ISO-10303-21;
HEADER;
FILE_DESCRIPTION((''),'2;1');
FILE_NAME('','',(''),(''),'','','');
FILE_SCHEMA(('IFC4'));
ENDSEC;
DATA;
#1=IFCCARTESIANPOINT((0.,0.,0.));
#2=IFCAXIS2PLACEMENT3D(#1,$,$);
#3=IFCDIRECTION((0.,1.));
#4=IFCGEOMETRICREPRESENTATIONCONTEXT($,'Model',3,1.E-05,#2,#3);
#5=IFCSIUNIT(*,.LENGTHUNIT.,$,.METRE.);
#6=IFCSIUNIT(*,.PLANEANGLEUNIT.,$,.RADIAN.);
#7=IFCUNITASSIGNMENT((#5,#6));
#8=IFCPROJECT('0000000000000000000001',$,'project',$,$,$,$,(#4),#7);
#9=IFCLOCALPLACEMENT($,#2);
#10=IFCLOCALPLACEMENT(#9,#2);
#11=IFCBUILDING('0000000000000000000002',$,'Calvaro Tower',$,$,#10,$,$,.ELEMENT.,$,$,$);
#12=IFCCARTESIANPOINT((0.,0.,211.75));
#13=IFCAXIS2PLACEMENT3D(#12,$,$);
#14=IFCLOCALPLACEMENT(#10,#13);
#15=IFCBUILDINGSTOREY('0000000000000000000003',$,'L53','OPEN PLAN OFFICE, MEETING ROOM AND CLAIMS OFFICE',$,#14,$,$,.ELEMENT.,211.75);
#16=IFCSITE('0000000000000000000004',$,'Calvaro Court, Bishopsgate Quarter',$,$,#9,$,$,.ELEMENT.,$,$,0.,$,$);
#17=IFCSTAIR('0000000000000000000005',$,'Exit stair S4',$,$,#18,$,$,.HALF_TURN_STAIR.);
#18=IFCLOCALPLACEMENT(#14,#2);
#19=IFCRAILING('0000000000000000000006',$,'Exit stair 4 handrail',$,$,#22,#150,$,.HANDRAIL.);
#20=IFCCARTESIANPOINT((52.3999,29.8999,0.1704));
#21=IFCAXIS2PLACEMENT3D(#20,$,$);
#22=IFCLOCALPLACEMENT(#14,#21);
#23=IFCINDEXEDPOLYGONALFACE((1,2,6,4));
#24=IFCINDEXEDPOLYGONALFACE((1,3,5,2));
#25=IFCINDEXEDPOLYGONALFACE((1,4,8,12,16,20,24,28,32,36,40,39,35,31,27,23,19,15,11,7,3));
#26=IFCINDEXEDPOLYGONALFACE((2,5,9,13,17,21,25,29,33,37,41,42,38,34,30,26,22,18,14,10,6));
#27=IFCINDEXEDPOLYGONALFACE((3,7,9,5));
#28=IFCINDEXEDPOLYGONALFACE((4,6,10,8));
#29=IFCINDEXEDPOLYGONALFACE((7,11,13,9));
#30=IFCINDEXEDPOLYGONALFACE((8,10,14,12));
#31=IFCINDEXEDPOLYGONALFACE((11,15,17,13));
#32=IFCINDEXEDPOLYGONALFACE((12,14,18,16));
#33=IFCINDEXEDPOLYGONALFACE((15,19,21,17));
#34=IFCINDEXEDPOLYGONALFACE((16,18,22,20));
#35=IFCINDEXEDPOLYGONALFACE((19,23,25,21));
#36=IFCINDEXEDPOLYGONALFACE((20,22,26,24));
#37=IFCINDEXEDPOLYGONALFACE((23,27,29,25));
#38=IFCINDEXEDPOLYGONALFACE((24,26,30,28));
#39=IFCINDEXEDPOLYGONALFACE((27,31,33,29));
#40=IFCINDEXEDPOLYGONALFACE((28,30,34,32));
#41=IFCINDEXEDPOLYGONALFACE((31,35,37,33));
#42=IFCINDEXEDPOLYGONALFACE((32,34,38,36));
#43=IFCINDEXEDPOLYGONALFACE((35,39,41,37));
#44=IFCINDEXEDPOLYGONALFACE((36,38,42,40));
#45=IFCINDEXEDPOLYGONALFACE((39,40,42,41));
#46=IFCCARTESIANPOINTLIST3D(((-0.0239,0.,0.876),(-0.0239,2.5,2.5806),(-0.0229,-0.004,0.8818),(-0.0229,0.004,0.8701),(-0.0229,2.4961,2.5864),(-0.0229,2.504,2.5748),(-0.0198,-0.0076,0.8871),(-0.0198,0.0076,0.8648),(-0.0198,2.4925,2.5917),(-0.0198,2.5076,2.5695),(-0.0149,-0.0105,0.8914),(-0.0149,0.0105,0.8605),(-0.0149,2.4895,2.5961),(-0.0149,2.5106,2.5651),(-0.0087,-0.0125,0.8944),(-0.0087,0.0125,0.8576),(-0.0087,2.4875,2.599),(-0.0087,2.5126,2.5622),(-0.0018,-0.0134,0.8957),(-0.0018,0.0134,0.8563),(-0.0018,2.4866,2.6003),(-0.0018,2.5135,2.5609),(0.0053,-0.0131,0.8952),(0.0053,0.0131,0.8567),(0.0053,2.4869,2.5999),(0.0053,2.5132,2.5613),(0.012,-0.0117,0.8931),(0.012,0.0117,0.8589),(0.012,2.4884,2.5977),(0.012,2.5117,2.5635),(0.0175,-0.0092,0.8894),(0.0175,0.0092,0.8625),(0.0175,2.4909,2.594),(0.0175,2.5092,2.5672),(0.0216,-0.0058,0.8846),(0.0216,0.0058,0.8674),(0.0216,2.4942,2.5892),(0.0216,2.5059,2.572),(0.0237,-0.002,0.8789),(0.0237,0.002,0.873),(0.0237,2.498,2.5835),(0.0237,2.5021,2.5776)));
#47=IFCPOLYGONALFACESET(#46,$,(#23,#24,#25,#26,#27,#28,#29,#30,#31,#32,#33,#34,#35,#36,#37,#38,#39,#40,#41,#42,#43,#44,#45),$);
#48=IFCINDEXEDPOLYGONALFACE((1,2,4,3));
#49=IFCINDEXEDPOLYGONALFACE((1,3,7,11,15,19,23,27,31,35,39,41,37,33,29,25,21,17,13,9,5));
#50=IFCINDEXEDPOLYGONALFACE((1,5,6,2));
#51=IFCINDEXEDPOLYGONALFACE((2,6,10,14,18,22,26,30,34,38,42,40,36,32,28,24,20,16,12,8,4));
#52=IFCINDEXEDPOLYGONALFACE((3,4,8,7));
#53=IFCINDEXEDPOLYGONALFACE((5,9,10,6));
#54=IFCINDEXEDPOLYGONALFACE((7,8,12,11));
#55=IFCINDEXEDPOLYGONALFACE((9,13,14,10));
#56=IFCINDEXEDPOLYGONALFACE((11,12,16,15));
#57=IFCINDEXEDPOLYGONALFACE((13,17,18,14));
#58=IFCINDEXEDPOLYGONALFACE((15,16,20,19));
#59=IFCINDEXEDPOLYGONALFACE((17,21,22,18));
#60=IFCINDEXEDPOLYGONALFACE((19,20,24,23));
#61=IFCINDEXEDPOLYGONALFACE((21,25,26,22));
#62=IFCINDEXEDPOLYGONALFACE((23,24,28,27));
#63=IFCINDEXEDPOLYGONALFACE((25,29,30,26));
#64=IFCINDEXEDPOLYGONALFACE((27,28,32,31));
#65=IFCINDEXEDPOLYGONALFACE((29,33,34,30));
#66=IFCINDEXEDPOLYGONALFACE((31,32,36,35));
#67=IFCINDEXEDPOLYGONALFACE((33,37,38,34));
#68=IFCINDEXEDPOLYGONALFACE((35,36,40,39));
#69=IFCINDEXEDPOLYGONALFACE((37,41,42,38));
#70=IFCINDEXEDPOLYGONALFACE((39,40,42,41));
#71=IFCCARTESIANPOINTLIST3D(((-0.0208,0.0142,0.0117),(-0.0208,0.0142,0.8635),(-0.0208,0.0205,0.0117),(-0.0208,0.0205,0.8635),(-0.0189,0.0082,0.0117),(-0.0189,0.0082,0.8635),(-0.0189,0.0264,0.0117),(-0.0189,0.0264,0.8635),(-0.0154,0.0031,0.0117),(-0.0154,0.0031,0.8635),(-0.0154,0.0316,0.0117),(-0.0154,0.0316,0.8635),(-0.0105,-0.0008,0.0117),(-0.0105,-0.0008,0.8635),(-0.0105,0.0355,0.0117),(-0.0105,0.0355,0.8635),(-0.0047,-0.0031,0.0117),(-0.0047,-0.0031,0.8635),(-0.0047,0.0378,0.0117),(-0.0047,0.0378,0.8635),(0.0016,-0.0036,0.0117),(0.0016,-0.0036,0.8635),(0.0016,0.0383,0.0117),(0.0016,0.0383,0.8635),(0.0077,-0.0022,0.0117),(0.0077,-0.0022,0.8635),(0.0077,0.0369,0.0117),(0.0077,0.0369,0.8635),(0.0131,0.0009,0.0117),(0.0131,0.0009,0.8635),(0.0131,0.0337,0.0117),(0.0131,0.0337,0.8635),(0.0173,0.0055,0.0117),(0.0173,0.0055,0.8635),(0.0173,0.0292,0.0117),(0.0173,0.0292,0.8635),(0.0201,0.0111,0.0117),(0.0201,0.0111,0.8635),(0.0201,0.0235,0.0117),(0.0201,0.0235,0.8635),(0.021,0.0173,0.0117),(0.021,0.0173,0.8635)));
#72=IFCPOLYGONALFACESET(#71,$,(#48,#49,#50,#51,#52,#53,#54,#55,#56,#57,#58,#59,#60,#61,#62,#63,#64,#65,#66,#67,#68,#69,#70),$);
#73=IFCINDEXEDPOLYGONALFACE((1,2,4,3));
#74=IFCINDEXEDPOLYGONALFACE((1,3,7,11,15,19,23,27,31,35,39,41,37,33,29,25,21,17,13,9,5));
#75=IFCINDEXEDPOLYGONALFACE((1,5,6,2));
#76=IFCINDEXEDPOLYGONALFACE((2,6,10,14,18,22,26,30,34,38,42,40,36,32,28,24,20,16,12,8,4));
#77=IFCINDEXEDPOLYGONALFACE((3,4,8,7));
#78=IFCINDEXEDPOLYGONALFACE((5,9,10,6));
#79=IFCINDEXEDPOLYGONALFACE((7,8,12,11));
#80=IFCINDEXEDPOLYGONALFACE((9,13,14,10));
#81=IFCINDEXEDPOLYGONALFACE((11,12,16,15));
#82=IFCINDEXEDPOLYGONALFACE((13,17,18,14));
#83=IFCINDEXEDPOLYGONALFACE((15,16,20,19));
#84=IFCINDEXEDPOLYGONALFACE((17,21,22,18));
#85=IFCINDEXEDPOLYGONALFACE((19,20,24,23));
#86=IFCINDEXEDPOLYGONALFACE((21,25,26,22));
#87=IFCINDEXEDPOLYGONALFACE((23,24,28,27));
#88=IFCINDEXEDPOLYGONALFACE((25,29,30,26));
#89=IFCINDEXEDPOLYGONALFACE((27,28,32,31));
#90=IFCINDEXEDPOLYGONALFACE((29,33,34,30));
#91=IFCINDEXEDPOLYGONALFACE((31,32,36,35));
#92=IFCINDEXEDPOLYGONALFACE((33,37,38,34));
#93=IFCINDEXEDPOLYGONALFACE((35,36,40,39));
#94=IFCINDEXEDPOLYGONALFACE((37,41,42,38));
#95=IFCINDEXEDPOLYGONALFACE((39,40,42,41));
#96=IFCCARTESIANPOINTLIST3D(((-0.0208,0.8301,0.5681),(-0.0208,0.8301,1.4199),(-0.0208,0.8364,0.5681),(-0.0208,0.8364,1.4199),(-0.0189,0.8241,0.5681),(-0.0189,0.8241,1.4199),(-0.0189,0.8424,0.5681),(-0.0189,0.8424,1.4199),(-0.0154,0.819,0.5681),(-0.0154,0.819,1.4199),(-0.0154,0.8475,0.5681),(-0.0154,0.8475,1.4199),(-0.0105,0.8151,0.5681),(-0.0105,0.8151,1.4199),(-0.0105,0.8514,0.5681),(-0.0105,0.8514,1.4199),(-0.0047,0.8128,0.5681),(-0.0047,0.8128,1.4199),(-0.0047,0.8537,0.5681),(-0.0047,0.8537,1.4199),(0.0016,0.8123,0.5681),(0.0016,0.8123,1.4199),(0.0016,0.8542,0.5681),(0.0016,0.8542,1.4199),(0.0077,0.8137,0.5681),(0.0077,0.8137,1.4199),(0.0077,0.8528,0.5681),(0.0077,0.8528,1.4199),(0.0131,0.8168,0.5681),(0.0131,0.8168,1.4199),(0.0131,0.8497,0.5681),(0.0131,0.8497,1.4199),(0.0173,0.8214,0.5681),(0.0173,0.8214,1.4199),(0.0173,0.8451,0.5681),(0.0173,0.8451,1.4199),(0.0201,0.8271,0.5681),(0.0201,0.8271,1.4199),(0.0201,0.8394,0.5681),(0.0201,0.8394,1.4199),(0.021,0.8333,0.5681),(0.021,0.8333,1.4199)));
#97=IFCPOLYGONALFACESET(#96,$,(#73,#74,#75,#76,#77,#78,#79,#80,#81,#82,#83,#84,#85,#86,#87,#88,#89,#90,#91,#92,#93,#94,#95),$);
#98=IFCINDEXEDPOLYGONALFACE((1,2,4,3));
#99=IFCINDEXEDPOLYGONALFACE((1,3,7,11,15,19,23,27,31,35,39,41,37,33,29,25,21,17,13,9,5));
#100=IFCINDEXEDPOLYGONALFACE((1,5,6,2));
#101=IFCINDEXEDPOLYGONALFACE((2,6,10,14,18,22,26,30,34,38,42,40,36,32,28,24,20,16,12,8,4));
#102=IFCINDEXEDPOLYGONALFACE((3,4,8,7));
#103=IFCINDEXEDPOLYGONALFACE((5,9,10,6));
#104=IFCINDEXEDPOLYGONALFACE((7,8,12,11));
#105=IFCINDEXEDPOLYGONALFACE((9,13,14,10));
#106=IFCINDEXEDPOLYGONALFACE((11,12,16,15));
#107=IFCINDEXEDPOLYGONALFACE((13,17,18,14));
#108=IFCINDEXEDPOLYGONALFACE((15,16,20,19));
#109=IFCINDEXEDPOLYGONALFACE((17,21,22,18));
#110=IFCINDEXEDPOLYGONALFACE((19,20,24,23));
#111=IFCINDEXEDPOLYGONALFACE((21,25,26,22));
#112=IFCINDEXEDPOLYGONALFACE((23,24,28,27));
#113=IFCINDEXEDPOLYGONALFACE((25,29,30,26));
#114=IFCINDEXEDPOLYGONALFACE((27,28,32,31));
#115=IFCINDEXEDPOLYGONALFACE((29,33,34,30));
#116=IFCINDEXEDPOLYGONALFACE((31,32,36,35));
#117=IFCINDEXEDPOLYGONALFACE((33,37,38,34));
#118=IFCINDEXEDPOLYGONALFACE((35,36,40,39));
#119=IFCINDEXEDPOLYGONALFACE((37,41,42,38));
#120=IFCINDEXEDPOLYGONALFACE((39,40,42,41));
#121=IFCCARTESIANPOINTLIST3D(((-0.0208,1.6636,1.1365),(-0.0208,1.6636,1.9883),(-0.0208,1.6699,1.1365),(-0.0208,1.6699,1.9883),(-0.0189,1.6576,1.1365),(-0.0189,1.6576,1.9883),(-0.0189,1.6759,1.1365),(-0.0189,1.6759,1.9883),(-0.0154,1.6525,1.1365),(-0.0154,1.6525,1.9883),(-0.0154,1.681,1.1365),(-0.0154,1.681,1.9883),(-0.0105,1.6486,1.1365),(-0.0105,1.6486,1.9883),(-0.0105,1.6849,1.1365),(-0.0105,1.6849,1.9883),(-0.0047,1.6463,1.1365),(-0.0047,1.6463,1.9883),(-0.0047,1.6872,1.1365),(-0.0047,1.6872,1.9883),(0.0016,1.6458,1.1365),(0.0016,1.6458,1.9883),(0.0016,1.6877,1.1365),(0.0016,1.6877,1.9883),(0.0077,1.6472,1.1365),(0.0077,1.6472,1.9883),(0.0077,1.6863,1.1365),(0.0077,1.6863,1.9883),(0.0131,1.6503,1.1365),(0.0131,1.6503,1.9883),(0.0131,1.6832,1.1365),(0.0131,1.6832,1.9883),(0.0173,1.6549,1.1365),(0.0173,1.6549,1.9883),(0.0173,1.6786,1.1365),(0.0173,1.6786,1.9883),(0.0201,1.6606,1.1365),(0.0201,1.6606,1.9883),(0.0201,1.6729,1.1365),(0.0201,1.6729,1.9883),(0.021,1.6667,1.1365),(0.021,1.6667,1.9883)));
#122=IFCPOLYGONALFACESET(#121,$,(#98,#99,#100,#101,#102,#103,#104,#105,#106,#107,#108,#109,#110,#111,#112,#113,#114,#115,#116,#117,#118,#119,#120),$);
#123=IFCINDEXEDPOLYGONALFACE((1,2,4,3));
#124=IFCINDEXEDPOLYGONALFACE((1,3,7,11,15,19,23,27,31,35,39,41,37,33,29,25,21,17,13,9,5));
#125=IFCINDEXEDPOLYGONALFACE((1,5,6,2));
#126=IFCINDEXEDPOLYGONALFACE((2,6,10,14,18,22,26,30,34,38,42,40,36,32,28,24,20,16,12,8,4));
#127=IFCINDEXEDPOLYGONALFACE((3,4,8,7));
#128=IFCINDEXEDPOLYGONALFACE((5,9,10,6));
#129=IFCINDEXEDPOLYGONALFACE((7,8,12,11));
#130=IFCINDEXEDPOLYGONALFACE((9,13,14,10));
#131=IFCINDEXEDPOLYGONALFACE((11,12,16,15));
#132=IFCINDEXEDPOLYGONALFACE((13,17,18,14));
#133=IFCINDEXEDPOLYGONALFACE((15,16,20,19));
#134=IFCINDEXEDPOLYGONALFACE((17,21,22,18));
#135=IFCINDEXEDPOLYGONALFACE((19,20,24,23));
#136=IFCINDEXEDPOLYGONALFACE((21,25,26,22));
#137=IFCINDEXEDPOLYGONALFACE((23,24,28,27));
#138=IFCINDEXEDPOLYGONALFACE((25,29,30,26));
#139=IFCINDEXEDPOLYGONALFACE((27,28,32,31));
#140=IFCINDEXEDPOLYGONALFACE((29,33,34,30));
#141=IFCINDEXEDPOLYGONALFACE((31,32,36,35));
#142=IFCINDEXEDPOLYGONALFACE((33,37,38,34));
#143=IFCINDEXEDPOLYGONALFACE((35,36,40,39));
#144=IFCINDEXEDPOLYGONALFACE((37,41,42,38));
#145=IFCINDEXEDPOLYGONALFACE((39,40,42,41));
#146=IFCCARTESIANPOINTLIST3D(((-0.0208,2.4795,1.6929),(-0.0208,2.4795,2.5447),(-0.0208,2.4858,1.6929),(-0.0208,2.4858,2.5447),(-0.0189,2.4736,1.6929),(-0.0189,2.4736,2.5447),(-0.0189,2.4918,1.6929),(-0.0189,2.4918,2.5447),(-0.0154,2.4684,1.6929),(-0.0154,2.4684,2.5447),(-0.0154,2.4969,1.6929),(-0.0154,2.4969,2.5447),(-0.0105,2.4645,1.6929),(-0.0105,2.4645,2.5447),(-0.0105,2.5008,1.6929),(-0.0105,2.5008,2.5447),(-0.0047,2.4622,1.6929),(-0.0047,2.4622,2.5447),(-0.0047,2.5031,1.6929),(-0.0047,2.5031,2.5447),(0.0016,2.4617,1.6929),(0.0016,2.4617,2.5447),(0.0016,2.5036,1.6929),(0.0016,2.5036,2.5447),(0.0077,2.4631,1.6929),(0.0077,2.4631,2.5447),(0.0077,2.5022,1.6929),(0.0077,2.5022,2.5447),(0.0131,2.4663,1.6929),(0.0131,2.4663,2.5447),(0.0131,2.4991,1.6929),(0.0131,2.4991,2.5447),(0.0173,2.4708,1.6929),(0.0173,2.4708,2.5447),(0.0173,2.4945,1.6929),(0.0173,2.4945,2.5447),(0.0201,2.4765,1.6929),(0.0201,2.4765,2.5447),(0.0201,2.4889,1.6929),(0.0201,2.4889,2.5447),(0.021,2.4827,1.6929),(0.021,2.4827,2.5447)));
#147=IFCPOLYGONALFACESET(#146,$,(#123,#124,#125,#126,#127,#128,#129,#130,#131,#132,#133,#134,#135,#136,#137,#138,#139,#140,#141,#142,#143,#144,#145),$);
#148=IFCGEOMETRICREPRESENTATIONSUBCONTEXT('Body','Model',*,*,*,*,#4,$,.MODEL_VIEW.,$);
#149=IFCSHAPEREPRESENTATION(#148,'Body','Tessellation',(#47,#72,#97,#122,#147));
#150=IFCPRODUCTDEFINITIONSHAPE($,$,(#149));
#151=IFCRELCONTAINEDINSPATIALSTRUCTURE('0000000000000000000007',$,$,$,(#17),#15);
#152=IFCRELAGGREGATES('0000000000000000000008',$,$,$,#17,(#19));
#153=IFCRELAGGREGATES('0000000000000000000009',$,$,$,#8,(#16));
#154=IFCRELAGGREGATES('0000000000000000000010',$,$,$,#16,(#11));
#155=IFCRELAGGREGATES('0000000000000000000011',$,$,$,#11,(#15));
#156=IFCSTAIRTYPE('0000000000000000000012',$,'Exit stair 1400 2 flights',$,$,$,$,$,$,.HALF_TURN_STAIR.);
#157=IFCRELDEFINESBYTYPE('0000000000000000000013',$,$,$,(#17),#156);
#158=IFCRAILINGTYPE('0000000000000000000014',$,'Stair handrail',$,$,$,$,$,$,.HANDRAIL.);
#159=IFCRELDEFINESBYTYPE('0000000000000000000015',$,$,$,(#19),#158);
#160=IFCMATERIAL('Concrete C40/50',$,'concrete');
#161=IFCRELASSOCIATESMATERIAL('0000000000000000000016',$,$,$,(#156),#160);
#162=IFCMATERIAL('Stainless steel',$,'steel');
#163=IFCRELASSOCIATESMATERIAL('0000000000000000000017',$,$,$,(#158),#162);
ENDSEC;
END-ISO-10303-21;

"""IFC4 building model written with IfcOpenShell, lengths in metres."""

from ifc_helpers import new_model, si_unit, direction, frame, origin, origin_2d, place, context, subcontext, project, spatial, circle, extrude, material, type_object, element, aggregate, save


model = new_model("IFC4")

# Units and contexts
model_context = context("Model", 3, precision=1e-05, world=origin(), true_north=direction((0.0, 1.0)))
body_context = subcontext(model_context, "Body", "Model", "MODEL_VIEW")
ifc_project = project(units=[si_unit("LENGTHUNIT", "METRE"), si_unit("PLANEANGLEUNIT", "RADIAN")], contexts=[model_context])

# Site, building, storey
site_placement = place(None, origin())
site = spatial("IfcSite", under=ifc_project, at=site_placement, Name="Calvaro Court, Bishopsgate Quarter", CompositionType="ELEMENT", RefElevation=0.0)
building_placement = place(site_placement, origin())
building = spatial("IfcBuilding", under=site, at=building_placement, Name="Calvaro Tower", CompositionType="ELEMENT")
storey_placement = place(building_placement, frame((0.0, 0.0, 211.75)))
storey = spatial("IfcBuildingStorey", under=building, at=storey_placement, Name="L53", Description="OPEN PLAN OFFICE, MEETING ROOM AND CLAIMS OFFICE", CompositionType="ELEMENT", Elevation=211.75)

# Stair
ifc_material_1 = material(Name="Concrete C40/50", Category="concrete")
stair_type = type_object("IfcStairType", Name="Exit stair 1400 2 flights", PredefinedType="HALF_TURN_STAIR", material=ifc_material_1)
stair_1_placement = place(storey_placement, origin())
stair_1 = element("IfcStair", 1, at=stair_1_placement, inside=storey, type_object=stair_type, Name="Exit stair S4", PredefinedType="HALF_TURN_STAIR")

# Railing
ifc_material_2 = material(Name="Stainless steel", Category="steel")
railing_type = type_object("IfcRailingType", Name="Stair handrail", PredefinedType="HANDRAIL", material=ifc_material_2)
railing_1_placement = place(storey_placement, frame((52.3999, 29.8999, 0.1704)))
railing_1 = element("IfcRailing", 2, at=railing_1_placement, type_object=railing_type, Name="Exit stair 4 handrail", PredefinedType="HANDRAIL", context=body_context, shape_type="SweptSolid", body=[
    extrude(circle(Radius=0.0239, at=origin_2d()), frame((0.0, 0.0, 0.876), z_axis=(0.0, 0.826221, 0.563347), x_axis=(-1.0, 0.0, 0.0)), (0.0, 0.0, 1.0), 3.0259),
    extrude(circle(Radius=0.021, at=origin_2d()), frame((0.0, 0.0173, 0.0117)), (0.0, 0.0, 1.0), 0.8518),
    extrude(circle(Radius=0.021, at=origin_2d()), frame((0.0, 0.8333, 0.5681)), (0.0, 0.0, 1.0), 0.8518),
    extrude(circle(Radius=0.021, at=origin_2d()), frame((0.0, 1.6667, 1.1365)), (0.0, 0.0, 1.0), 0.8518),
    extrude(circle(Radius=0.021, at=origin_2d()), frame((0.0, 2.4827, 1.6929)), (0.0, 0.0, 1.0), 0.8518),
])
aggregate(stair_1, [railing_1])

save(model, "model.ifc")
